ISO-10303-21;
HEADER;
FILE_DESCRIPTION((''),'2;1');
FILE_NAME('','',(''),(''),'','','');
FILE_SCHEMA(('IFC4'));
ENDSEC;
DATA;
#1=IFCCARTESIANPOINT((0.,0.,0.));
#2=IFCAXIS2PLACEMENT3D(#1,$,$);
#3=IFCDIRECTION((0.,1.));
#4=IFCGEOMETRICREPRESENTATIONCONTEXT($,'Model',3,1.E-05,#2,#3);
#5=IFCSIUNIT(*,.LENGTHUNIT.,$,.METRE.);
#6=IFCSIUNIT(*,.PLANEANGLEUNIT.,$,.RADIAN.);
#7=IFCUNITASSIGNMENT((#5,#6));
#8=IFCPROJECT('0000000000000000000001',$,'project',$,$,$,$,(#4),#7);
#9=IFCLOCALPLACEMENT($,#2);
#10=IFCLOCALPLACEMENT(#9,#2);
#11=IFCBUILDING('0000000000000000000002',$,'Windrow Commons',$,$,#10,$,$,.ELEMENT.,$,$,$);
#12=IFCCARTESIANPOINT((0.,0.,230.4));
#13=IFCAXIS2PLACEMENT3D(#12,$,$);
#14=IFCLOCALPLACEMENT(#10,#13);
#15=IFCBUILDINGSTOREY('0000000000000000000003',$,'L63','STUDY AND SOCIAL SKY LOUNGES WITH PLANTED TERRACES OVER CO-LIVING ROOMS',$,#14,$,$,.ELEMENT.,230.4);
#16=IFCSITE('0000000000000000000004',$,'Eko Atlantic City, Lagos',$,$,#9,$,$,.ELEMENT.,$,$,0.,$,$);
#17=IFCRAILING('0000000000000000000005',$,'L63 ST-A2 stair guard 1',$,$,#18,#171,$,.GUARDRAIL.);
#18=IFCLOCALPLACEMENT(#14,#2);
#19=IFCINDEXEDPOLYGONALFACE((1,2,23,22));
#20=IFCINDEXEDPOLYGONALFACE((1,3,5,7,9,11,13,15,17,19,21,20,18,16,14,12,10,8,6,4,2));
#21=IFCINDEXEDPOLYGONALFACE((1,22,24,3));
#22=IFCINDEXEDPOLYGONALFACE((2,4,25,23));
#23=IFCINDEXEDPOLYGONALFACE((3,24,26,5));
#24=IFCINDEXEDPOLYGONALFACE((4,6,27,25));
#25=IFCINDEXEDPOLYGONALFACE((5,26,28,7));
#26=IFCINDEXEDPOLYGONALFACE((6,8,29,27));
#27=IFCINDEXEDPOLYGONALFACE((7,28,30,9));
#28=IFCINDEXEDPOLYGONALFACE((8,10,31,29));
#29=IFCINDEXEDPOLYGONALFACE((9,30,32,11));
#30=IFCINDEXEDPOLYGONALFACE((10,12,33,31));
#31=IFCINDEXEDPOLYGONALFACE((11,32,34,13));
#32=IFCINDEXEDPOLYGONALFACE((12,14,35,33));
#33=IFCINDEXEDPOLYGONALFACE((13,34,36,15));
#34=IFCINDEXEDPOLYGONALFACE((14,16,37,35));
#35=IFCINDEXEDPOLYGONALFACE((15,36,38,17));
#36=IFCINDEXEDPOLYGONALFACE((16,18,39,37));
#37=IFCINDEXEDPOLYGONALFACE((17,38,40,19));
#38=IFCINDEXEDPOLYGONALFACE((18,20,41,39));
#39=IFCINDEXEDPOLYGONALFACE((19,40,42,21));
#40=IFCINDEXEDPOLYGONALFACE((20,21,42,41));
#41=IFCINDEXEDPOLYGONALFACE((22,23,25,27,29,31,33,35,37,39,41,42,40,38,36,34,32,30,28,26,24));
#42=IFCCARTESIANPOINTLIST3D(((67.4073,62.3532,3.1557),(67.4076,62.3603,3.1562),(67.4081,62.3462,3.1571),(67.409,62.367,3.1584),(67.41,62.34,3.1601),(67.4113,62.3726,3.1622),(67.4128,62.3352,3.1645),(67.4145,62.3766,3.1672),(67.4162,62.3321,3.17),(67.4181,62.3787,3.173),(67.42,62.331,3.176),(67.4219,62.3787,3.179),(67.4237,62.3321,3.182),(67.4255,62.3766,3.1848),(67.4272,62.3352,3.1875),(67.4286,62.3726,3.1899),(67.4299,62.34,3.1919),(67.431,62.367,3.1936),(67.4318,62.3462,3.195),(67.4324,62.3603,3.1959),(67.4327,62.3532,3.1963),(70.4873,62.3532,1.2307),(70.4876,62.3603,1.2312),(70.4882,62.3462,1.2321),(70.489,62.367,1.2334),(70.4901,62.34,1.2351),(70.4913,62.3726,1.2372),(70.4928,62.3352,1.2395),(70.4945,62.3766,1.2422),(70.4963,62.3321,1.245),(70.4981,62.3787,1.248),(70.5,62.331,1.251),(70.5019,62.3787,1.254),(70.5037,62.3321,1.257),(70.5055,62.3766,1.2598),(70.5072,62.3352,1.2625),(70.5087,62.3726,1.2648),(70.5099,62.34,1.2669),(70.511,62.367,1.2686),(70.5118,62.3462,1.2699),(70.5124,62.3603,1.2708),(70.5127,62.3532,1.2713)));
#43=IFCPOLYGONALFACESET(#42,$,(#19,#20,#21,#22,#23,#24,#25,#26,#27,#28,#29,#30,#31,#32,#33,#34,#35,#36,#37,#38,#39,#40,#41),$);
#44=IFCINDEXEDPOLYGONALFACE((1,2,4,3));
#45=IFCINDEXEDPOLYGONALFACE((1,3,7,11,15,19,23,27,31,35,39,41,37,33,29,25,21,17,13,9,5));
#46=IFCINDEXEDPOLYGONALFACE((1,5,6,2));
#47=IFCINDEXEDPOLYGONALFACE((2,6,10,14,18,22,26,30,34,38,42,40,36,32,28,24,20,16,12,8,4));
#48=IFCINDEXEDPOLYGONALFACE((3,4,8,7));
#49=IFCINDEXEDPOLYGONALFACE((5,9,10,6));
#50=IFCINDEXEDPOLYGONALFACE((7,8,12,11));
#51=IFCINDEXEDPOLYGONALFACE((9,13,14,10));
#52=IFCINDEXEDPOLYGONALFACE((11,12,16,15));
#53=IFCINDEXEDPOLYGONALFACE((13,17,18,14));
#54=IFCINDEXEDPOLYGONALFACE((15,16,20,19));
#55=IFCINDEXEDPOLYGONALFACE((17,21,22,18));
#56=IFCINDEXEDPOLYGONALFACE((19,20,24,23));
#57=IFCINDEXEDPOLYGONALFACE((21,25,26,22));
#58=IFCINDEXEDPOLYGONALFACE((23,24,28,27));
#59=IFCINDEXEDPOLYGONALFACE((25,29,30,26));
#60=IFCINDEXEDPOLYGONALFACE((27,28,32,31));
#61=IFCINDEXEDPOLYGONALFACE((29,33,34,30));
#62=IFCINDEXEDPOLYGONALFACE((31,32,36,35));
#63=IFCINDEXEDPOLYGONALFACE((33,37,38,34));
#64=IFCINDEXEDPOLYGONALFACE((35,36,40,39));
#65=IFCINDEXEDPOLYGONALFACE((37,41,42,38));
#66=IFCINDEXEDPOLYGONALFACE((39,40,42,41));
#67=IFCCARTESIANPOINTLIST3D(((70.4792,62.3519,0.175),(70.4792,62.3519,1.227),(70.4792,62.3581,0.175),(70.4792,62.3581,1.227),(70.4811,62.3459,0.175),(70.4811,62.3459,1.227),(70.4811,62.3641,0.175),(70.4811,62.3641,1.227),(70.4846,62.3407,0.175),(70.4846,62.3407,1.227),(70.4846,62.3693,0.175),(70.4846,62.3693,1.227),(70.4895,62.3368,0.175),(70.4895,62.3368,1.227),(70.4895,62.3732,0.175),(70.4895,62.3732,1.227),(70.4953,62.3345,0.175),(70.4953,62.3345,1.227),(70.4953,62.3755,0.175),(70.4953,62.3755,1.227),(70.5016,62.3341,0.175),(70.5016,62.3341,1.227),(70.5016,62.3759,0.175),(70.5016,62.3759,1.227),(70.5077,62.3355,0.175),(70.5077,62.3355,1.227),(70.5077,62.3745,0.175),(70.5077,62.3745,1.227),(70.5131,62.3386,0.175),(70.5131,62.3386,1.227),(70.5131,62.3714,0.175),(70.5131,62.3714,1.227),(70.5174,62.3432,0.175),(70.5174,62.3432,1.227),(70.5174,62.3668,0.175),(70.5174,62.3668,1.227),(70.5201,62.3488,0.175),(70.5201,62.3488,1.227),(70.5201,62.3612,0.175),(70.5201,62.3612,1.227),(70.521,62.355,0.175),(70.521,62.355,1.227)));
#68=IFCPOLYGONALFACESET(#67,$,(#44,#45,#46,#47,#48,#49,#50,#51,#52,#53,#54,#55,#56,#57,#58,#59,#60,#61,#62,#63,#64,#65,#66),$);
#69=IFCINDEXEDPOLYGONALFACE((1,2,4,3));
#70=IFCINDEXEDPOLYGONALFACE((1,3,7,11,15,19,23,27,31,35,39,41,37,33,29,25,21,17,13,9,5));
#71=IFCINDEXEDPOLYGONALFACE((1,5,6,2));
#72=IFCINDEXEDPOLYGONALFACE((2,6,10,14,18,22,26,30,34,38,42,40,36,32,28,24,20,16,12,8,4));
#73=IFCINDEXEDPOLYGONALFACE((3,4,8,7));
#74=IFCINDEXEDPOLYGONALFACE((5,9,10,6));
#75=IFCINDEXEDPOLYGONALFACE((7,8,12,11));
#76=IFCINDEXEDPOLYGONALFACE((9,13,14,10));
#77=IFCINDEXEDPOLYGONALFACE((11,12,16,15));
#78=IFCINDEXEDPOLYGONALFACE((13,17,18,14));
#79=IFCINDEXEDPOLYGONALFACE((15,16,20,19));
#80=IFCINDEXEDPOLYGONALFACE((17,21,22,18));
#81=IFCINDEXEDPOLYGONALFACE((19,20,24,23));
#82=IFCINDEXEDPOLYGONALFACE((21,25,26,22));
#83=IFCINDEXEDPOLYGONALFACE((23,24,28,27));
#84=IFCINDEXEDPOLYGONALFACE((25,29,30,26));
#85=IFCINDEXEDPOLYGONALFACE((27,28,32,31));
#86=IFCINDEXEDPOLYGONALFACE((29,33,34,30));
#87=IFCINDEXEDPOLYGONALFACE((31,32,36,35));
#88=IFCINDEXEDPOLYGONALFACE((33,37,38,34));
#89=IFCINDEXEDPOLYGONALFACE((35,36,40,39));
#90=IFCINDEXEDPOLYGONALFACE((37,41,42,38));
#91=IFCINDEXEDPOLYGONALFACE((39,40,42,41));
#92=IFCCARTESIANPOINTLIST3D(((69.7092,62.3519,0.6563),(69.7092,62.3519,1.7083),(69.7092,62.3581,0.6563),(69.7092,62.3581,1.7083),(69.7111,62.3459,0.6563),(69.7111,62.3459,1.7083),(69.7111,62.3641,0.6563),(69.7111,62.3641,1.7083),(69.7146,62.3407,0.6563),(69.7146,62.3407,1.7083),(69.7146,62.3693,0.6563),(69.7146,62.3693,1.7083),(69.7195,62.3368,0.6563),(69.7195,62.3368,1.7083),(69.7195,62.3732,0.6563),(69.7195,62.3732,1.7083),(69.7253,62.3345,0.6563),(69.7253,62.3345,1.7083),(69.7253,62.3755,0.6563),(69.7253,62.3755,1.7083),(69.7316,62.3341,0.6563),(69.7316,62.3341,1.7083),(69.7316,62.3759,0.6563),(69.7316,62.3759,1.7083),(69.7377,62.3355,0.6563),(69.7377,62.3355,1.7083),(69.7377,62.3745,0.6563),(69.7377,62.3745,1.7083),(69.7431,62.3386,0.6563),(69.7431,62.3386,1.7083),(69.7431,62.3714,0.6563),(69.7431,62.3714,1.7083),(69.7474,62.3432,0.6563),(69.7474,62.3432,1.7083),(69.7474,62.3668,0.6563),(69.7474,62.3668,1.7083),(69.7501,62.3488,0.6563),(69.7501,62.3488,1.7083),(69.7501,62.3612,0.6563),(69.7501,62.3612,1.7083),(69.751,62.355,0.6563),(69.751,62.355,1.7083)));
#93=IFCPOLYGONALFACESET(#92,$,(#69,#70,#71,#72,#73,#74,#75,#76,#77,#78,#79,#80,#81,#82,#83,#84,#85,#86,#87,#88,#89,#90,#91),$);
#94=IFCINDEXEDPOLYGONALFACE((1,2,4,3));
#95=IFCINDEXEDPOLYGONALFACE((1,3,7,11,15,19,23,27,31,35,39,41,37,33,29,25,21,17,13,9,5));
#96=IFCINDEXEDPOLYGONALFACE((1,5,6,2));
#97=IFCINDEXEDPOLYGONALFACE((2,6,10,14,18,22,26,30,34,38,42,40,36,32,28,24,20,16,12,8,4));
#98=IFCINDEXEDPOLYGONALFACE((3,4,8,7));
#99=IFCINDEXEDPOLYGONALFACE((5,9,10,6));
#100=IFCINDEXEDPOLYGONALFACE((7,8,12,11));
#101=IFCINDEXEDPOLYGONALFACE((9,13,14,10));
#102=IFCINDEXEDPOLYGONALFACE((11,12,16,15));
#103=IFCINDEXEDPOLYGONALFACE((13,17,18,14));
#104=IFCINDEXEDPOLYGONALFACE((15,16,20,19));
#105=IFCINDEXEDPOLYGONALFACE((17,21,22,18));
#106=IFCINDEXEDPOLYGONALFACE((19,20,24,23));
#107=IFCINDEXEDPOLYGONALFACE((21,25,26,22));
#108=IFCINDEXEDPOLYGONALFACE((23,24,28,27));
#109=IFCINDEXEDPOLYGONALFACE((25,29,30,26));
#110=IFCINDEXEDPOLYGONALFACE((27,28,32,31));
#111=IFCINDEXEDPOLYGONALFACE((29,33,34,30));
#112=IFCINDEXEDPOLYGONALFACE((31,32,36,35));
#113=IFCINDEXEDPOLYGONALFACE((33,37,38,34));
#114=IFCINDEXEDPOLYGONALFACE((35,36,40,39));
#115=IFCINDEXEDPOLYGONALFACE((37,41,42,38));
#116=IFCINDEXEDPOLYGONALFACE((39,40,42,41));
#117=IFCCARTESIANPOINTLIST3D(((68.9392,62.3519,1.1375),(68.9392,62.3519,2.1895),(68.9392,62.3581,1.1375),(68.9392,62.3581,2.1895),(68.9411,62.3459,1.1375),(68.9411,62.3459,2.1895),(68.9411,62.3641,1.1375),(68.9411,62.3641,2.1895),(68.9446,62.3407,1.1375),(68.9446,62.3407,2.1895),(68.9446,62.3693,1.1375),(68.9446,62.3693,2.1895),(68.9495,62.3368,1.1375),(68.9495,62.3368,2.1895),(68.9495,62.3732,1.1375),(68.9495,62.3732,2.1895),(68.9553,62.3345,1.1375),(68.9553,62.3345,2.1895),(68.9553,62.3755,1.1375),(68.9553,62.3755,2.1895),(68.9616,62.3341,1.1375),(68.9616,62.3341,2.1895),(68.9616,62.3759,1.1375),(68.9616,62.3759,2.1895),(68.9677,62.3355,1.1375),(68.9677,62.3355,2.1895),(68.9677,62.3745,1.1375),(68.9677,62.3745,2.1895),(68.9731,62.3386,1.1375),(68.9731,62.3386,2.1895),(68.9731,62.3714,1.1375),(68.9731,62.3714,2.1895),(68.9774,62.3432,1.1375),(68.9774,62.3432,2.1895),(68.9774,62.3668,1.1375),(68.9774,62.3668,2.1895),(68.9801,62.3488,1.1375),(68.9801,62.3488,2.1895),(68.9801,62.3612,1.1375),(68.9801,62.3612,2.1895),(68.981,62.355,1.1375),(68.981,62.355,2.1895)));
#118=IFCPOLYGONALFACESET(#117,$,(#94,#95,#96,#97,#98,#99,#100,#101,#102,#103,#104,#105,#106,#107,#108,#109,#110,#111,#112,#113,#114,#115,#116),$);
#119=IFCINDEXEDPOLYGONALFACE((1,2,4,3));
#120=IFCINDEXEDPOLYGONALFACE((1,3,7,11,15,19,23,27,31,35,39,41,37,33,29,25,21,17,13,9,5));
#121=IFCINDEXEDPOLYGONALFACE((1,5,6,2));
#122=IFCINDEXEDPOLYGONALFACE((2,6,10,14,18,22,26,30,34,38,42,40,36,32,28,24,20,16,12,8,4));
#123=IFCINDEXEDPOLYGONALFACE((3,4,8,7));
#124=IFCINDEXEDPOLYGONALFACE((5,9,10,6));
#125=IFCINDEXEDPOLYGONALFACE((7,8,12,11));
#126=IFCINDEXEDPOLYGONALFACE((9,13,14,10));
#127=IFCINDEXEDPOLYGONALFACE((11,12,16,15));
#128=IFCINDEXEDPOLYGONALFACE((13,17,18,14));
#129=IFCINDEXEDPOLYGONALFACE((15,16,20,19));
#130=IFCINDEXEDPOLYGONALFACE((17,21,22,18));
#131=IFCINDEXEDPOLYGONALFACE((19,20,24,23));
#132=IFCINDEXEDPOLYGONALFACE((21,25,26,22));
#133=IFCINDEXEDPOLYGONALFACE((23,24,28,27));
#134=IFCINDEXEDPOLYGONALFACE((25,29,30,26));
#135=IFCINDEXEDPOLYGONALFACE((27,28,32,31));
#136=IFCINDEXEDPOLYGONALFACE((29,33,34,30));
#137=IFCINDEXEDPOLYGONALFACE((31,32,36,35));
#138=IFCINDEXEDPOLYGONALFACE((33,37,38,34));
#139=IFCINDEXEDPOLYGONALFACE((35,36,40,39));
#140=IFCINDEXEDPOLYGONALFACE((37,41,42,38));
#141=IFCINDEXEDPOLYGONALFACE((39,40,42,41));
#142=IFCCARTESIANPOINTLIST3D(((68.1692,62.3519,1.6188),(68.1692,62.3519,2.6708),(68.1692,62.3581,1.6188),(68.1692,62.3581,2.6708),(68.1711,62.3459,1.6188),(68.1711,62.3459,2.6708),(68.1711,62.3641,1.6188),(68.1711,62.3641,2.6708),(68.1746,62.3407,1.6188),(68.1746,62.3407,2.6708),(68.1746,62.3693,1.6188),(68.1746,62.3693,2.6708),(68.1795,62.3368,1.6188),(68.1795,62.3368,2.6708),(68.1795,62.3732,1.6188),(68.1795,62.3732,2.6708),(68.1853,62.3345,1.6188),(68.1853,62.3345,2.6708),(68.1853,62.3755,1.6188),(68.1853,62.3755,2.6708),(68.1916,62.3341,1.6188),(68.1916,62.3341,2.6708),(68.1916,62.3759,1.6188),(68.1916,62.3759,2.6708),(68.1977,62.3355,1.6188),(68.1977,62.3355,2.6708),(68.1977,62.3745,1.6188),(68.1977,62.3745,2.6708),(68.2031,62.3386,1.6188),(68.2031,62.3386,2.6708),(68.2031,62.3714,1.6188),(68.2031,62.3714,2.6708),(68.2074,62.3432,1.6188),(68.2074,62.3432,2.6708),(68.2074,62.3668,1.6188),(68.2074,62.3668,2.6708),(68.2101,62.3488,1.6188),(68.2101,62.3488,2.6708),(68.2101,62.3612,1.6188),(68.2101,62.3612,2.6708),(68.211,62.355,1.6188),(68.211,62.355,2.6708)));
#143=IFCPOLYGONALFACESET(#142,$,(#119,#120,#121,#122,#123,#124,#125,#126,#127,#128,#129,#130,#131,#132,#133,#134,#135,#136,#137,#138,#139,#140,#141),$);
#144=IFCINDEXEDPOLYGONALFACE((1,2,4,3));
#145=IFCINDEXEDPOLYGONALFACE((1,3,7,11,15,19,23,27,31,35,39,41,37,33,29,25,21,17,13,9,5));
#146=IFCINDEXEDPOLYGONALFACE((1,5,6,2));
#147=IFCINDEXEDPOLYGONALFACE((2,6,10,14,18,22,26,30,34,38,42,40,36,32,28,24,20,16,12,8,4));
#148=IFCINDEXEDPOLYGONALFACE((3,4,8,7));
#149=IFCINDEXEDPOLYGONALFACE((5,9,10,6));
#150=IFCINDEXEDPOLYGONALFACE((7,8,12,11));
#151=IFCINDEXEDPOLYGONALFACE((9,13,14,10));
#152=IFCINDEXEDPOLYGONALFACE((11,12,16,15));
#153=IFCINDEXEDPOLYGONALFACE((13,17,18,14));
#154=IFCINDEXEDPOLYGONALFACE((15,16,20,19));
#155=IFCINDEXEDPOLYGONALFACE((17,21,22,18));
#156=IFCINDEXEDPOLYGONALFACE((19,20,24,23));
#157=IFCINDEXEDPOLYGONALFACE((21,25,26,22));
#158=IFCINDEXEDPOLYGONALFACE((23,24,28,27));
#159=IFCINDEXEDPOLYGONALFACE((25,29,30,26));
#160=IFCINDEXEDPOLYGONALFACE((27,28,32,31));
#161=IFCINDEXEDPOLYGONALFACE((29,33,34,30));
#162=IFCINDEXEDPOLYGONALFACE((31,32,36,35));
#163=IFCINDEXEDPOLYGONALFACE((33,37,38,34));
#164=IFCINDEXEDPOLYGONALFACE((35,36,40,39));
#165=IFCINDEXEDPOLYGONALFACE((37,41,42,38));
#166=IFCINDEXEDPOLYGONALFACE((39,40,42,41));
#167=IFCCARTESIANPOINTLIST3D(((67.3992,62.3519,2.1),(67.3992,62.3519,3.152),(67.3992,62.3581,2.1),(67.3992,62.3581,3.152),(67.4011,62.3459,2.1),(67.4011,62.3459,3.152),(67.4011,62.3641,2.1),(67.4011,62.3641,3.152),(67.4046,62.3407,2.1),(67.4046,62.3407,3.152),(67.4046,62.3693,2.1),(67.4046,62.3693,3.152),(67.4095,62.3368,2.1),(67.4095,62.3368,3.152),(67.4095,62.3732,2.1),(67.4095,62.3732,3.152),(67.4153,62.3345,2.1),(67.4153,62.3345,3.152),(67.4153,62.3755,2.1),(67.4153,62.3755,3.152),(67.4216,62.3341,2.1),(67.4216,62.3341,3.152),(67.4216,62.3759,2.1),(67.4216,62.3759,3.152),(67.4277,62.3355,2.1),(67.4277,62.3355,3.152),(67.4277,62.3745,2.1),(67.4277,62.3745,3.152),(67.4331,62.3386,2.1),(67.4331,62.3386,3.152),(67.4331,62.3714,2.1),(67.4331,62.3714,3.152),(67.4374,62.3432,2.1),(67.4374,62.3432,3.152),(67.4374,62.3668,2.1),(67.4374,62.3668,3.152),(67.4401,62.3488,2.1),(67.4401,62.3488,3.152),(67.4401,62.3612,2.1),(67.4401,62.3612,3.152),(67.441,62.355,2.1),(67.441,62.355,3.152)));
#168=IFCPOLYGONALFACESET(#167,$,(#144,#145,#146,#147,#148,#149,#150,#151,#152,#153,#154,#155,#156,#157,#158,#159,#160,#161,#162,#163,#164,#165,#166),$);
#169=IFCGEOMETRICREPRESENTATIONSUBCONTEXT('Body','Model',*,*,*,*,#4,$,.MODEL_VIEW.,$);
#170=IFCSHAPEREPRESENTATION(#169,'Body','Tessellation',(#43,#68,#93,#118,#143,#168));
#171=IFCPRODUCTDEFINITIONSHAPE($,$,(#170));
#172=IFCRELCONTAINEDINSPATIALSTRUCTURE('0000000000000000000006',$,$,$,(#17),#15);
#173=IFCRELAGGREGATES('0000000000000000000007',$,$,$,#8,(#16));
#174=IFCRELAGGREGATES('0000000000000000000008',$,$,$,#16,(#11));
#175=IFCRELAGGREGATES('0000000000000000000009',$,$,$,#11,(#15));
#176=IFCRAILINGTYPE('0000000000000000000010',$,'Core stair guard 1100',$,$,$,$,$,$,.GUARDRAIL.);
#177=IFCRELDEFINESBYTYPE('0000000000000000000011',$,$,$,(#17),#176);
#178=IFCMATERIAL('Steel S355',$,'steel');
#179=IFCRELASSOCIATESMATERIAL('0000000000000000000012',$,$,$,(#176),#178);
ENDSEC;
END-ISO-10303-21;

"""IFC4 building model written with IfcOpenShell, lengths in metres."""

from ifc_helpers import new_model, si_unit, direction, frame, origin, origin_2d, place, context, subcontext, project, spatial, circle, extrude, material, type_object, element, save


model = new_model("IFC4")

# Units and contexts
model_context = context("Model", 3, precision=1e-05, world=origin(), true_north=direction((0.0, 1.0)))
body_context = subcontext(model_context, "Body", "Model", "MODEL_VIEW")
ifc_project = project(units=[si_unit("LENGTHUNIT", "METRE"), si_unit("PLANEANGLEUNIT", "RADIAN")], contexts=[model_context])

# Site, building, storey
site_placement = place(None, origin())
site = spatial("IfcSite", under=ifc_project, at=site_placement, Name="Eko Atlantic City, Lagos", CompositionType="ELEMENT", RefElevation=0.0)
building_placement = place(site_placement, origin())
building = spatial("IfcBuilding", under=site, at=building_placement, Name="Windrow Commons", CompositionType="ELEMENT")
storey_placement = place(building_placement, frame((0.0, 0.0, 230.4)))
storey = spatial("IfcBuildingStorey", under=building, at=storey_placement, Name="L63", Description="STUDY AND SOCIAL SKY LOUNGES WITH PLANTED TERRACES OVER CO-LIVING ROOMS", CompositionType="ELEMENT", Elevation=230.4)

# Railing
ifc_material_1 = material(Name="Steel S355", Category="steel")
railing_type_1 = type_object("IfcRailingType", Name="Core stair guard 1100", PredefinedType="GUARDRAIL", material=ifc_material_1)
railing_1_placement = place(storey_placement, frame((70.5, 62.355, 0.175)))
element("IfcRailing", 1, at=railing_1_placement, inside=storey, type_object=railing_type_1, Name="L63 ST-A2 stair guard 1", PredefinedType="GUARDRAIL", context=body_context, shape_type="SweptSolid", body=[
    extrude(circle(Radius=0.024, at=origin_2d()), frame((0.0, 0.0, 1.076), z_axis=(-0.847998, 0.0, 0.529999), x_axis=(0.0, -1.0, 0.0)), (0.0, 0.0, 1.0), 3.6321),
    extrude(circle(Radius=0.021, at=origin_2d()), origin(), (0.0, 0.0, 1.0), 1.052),
    extrude(circle(Radius=0.021, at=origin_2d()), frame((-0.77, 0.0, 0.4813)), (0.0, 0.0, 1.0), 1.052),
    extrude(circle(Radius=0.021, at=origin_2d()), frame((-1.54, 0.0, 0.9625)), (0.0, 0.0, 1.0), 1.052),
    extrude(circle(Radius=0.021, at=origin_2d()), frame((-2.31, 0.0, 1.4438)), (0.0, 0.0, 1.0), 1.052),
    extrude(circle(Radius=0.021, at=origin_2d()), frame((-3.08, 0.0, 1.925)), (0.0, 0.0, 1.0), 1.052),
])

save(model, "model.ifc")
